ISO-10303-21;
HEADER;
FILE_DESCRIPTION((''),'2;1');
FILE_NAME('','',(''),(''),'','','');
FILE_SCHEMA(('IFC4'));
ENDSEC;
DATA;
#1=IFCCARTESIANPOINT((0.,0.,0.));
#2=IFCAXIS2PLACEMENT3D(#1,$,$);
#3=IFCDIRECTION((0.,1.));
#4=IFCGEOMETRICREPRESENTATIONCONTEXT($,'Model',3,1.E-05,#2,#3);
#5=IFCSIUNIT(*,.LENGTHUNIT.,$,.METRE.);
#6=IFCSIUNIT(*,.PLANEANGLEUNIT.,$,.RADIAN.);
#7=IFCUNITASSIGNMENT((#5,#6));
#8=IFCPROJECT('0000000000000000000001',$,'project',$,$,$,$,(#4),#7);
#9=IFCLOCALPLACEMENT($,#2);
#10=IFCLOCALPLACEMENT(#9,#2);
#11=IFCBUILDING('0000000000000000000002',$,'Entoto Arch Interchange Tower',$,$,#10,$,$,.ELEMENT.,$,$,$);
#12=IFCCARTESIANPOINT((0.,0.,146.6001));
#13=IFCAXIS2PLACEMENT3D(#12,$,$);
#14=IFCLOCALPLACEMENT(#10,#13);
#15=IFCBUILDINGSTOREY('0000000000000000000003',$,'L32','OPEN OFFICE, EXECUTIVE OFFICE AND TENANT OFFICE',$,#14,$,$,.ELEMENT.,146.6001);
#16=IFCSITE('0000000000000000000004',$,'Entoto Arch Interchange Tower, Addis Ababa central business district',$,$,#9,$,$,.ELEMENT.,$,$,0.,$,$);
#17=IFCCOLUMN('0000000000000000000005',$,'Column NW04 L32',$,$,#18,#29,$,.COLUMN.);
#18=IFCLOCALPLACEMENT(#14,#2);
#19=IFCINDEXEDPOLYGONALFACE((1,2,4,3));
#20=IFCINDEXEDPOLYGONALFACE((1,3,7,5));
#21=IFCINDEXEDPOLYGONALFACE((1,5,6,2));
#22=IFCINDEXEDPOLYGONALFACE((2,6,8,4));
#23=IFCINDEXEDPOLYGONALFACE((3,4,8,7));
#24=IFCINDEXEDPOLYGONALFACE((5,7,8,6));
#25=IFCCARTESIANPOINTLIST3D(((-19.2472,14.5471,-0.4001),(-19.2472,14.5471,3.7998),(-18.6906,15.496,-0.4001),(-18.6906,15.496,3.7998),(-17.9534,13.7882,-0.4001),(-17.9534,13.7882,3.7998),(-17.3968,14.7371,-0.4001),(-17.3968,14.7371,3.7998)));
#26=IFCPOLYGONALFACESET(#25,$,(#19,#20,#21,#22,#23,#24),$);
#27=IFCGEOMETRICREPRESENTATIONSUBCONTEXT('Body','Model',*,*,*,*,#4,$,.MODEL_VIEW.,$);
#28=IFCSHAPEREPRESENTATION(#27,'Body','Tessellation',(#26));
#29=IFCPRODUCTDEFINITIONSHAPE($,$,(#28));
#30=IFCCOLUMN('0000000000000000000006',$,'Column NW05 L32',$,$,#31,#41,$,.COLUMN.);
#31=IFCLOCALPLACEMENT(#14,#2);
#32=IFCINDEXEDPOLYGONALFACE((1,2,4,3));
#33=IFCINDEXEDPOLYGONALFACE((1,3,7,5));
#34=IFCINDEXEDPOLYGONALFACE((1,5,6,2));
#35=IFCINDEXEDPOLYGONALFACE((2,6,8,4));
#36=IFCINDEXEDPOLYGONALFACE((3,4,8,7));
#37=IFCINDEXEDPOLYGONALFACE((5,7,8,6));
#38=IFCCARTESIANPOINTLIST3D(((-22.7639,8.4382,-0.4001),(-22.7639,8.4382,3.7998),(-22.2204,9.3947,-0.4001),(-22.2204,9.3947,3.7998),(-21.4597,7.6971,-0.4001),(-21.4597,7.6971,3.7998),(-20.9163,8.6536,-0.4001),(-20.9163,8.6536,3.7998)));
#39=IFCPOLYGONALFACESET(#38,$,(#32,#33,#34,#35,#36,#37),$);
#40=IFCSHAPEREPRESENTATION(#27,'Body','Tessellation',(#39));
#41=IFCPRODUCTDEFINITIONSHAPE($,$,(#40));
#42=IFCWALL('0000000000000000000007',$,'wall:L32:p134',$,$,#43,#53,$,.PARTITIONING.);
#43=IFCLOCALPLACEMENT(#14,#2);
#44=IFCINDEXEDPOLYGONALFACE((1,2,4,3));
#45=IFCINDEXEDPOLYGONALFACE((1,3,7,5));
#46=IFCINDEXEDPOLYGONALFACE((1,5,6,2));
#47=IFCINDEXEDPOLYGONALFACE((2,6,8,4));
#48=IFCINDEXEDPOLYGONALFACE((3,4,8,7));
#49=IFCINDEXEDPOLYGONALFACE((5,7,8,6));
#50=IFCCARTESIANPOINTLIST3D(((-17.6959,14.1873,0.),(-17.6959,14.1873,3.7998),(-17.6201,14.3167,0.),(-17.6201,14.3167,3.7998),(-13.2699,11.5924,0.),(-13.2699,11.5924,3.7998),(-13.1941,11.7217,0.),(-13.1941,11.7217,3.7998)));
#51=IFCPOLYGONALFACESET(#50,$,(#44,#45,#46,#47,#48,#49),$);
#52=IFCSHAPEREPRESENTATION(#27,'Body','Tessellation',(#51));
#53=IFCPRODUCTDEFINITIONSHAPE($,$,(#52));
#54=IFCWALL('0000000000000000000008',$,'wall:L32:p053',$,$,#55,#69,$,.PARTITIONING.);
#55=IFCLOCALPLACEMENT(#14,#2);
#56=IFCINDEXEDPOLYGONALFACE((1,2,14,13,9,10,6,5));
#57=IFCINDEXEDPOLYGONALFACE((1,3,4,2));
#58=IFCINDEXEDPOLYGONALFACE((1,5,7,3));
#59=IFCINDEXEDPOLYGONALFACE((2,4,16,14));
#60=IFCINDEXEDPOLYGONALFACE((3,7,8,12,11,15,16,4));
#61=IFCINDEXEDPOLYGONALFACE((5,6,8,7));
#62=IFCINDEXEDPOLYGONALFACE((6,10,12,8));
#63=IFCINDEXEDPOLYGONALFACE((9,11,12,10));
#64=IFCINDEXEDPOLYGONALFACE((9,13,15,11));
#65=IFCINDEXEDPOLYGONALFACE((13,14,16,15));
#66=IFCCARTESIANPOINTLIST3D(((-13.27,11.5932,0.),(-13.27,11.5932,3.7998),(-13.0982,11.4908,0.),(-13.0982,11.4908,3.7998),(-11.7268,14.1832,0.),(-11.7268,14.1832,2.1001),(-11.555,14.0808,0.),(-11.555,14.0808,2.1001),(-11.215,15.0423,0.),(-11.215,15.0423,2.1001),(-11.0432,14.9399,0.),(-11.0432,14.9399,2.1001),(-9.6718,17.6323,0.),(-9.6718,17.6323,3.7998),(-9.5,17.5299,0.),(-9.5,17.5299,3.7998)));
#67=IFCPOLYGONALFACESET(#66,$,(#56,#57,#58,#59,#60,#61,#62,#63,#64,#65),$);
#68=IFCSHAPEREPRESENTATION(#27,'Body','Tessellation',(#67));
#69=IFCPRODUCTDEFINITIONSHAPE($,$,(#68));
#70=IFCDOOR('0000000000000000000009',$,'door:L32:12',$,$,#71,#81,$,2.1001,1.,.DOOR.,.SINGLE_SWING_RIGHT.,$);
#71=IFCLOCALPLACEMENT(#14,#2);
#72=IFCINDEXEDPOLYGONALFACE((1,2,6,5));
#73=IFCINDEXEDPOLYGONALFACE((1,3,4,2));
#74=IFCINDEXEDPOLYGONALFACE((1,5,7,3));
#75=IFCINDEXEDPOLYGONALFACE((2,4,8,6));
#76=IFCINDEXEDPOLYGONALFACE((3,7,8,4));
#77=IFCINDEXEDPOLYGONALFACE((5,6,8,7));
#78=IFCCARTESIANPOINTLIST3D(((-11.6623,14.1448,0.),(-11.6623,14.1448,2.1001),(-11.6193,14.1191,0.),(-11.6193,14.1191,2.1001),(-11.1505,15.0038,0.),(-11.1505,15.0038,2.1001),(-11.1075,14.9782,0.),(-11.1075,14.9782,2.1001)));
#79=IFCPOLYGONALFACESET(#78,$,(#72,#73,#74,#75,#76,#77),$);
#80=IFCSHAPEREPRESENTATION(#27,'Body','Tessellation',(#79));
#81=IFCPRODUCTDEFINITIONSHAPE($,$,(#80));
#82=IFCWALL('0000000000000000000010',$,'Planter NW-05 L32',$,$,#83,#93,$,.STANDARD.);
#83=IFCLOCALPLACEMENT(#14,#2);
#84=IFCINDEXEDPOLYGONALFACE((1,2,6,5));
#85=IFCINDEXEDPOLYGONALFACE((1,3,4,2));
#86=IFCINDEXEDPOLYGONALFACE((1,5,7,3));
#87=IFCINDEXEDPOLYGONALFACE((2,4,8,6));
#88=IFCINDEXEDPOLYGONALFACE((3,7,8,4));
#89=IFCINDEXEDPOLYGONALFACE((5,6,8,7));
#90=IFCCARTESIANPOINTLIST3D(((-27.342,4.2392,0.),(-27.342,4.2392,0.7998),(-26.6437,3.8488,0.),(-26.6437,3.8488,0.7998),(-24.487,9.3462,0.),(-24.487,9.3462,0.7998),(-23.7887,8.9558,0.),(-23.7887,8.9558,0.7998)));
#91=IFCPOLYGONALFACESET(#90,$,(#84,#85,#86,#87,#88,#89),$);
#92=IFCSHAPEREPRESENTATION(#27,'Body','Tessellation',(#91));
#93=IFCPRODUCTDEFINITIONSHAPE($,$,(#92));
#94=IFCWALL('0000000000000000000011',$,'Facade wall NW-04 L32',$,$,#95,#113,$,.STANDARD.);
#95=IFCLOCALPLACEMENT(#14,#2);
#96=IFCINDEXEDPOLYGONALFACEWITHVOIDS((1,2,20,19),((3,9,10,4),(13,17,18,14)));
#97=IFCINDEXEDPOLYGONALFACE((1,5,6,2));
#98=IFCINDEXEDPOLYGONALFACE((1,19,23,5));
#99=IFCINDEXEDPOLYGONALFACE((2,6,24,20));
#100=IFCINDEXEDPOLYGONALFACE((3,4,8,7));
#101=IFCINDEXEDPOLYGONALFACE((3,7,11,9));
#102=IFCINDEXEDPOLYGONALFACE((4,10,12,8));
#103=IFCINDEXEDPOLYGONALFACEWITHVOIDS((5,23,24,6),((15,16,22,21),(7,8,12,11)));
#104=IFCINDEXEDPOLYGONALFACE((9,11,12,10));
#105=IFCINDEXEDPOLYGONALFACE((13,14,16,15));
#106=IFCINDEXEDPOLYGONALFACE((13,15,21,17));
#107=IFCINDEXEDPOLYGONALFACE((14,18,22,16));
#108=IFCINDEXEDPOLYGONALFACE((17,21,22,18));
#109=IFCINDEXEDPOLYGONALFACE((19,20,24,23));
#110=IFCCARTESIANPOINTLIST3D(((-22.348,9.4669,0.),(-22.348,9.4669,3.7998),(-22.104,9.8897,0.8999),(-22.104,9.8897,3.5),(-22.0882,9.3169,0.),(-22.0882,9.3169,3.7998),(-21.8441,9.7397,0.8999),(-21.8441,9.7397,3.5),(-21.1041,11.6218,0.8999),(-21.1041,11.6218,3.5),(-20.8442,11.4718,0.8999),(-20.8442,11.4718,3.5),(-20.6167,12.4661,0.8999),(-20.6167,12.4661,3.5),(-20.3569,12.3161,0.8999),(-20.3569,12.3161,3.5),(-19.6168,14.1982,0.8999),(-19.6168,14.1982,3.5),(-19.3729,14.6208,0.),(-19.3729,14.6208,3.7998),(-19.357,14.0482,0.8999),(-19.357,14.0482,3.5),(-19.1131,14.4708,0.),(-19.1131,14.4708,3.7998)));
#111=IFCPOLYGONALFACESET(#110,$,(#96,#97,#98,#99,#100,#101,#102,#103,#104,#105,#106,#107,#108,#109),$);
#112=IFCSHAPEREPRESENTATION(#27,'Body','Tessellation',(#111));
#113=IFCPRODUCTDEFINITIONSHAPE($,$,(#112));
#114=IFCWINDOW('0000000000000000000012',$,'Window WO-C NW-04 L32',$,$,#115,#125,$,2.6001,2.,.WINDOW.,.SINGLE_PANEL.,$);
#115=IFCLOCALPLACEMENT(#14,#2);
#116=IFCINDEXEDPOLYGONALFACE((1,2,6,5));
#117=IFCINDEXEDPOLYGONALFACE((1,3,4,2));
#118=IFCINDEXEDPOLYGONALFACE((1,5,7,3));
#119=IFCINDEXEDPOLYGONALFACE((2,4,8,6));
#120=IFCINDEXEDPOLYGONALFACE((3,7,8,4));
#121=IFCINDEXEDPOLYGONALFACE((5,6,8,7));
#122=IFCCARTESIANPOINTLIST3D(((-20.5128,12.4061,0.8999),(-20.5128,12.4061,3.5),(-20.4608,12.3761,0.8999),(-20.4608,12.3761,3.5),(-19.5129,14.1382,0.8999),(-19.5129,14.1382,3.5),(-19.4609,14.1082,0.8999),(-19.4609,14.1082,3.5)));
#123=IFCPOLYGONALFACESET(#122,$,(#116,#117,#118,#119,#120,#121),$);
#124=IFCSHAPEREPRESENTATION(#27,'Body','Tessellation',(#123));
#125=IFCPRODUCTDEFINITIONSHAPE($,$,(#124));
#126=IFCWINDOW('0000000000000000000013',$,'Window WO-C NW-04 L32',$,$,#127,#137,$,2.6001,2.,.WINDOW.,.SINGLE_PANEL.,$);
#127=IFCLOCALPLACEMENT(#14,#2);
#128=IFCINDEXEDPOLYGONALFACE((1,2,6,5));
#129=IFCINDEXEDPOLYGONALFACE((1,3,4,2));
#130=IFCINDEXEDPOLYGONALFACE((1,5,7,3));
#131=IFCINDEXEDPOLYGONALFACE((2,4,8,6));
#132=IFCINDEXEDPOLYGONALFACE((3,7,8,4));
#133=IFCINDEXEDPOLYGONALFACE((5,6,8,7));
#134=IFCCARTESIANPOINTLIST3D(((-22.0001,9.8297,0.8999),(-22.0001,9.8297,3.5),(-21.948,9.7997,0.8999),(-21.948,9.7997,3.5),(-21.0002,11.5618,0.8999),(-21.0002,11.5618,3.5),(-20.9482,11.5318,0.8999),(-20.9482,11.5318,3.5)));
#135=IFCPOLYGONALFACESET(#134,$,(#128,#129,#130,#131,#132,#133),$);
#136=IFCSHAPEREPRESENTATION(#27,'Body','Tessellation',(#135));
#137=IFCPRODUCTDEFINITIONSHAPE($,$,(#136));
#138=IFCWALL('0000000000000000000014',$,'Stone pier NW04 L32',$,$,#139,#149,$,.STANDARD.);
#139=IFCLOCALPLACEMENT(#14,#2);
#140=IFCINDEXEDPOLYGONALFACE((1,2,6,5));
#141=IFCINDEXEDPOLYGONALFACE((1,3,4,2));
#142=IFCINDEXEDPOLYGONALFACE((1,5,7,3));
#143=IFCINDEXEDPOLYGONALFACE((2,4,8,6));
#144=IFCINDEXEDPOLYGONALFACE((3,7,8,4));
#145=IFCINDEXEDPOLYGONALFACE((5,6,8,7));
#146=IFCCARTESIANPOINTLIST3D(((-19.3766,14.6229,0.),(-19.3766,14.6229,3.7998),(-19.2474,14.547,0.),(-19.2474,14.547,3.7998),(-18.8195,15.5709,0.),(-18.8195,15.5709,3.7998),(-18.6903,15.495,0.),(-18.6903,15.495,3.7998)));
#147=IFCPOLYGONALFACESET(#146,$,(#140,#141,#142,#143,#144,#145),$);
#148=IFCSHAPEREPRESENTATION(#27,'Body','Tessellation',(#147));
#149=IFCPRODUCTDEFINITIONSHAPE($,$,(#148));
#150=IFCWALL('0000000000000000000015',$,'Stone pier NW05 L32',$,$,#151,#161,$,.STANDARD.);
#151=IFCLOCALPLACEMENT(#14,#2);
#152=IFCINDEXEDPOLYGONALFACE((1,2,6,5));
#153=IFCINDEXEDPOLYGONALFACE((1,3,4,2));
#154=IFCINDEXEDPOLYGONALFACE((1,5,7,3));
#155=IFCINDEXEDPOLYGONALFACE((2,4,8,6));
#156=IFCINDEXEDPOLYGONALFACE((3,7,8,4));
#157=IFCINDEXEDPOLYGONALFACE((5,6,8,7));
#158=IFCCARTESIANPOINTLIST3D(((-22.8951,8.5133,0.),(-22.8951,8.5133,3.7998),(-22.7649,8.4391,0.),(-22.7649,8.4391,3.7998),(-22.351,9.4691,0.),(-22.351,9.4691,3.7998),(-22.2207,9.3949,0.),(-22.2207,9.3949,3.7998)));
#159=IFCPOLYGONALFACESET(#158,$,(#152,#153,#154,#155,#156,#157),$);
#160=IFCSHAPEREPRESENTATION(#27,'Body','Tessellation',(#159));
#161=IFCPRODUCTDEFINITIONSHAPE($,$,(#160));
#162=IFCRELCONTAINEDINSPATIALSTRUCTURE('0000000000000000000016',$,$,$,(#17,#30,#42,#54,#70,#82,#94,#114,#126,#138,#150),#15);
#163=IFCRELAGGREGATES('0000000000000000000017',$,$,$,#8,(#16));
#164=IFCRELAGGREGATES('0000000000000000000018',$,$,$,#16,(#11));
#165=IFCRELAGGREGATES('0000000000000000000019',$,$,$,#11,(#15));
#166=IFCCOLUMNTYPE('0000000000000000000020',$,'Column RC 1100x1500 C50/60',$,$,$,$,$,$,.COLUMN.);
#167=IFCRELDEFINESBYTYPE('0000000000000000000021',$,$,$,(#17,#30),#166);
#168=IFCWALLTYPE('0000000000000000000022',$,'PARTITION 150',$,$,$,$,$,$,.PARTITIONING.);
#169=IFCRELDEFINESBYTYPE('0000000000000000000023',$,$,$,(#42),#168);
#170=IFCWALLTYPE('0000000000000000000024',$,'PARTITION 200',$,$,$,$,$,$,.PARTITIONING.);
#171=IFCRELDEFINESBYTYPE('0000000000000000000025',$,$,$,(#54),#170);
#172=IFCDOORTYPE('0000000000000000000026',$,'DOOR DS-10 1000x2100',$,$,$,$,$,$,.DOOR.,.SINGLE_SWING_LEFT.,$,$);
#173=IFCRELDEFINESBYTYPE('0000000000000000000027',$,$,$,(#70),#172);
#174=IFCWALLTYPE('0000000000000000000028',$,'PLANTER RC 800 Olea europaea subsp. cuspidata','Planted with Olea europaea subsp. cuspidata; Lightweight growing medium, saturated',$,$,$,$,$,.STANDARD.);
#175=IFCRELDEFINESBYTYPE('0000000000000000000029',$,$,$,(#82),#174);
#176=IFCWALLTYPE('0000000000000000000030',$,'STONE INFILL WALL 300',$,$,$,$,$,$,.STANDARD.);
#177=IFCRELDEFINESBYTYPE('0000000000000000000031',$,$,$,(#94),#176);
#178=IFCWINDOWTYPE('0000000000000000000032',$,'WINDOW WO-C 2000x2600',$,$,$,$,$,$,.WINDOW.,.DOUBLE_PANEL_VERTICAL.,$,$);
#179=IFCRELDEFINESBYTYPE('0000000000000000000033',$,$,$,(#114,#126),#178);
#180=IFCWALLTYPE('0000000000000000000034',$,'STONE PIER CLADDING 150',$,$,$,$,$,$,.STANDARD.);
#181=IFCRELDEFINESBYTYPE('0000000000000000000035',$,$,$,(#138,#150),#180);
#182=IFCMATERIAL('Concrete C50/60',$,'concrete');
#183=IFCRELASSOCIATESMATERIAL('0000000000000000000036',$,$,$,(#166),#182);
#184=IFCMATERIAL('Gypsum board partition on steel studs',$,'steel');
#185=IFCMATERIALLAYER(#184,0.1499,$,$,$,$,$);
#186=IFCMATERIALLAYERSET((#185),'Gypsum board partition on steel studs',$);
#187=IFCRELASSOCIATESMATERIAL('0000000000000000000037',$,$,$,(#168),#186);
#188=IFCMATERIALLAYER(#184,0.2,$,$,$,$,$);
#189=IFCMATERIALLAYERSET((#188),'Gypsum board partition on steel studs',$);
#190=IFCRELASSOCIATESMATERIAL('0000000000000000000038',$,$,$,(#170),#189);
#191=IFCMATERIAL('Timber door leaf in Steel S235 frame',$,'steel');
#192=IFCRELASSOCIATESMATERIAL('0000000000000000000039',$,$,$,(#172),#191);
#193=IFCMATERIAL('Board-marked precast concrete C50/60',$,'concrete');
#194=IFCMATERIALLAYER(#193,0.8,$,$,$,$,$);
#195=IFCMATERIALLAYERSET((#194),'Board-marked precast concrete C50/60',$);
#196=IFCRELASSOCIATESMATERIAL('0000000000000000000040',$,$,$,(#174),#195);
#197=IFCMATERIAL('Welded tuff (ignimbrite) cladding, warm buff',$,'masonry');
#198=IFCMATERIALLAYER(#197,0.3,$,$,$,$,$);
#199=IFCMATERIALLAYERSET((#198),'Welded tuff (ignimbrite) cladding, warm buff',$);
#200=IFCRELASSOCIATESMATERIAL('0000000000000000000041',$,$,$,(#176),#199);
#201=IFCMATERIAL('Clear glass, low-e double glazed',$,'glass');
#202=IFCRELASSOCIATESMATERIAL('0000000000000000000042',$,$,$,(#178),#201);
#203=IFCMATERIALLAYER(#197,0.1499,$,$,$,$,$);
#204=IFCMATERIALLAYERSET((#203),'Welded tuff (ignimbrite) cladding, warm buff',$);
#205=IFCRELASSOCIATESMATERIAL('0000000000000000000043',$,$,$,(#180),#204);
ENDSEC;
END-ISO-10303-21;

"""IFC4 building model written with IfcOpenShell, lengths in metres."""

from ifc_helpers import new_model, si_unit, direction, frame, frame_2d, origin, origin_2d, place, context, subcontext, project, spatial, rectangle, extrude, material, layer, layer_set, material_profile, profile_set, type_object, element, fill, save


model = new_model("IFC4")

# Units and contexts
model_context = context("Model", 3, precision=1e-05, world=origin(), true_north=direction((0.0, 1.0)))
body_context = subcontext(model_context, "Body", "Model", "MODEL_VIEW")
ifc_project = project(units=[si_unit("LENGTHUNIT", "METRE"), si_unit("PLANEANGLEUNIT", "RADIAN")], contexts=[model_context])

# Site, building, storey
site_placement = place(None, origin())
site = spatial("IfcSite", under=ifc_project, at=site_placement, Name="Entoto Arch Interchange Tower, Addis Ababa central business district", CompositionType="ELEMENT", RefElevation=0.0)
building_placement = place(site_placement, origin())
building = spatial("IfcBuilding", under=site, at=building_placement, Name="Entoto Arch Interchange Tower", CompositionType="ELEMENT")
storey_placement = place(building_placement, frame((0.0, 0.0, 146.6001)))
storey = spatial("IfcBuildingStorey", under=building, at=storey_placement, Name="L32", Description="OPEN OFFICE, EXECUTIVE OFFICE AND TENANT OFFICE", CompositionType="ELEMENT", Elevation=146.6001)

# Columns
ifc_material_1 = material(Name="Concrete C50/60", Category="concrete")
ifc_material_profile = material_profile(ifc_material_1, rectangle(XDim=1.1001, YDim=1.5, at=origin_2d()))
ifc_profile_set = profile_set([ifc_material_profile], Name="Concrete C50/60")
column_type = type_object("IfcColumnType", Name="Column RC 1100x1500 C50/60", PredefinedType="COLUMN", material=ifc_profile_set)
for number, where, z_axis, x_axis, name in (
    (1, (-18.322, 14.6421, -0.4001), (0.0, 0.0, 1.0), (0.505958, 0.862558, 0.0), "Column NW04 L32"),
    (2, (-21.8401, 8.5459, -0.4001), (0.0, 0.0, 1.0), (0.494018, 0.869452, 0.0), "Column NW05 L32"),
):
    element("IfcColumn", number, at=place(storey_placement, frame(where, z_axis=z_axis, x_axis=x_axis)), inside=storey, type_object=column_type, Name=name, PredefinedType="COLUMN", context=body_context, shape_type="SweptSolid", body=[
        extrude(rectangle(XDim=1.1001, YDim=1.5, at=origin_2d()), origin(), (0.0, 0.0, 1.0), 4.2),
    ])

# Wall
ifc_material_2 = material(Name="Gypsum board partition on steel studs", Category="steel")
ifc_layer_1 = layer(ifc_material_2, 0.1499)
ifc_layer_set_1 = layer_set([ifc_layer_1], Name="Gypsum board partition on steel studs")
wall_type_1 = type_object("IfcWallType", Name="PARTITION 150", PredefinedType="PARTITIONING", material=ifc_layer_set_1)
wall_1_placement = place(storey_placement, frame((-13.2319, 11.657, 0.0), z_axis=(0.0, 0.0, 1.0), x_axis=(-0.862664, 0.505778, 0.0)))
element("IfcWall", 3, at=wall_1_placement, inside=storey, type_object=wall_type_1, Name="wall:L32:p134", PredefinedType="PARTITIONING", context=body_context, shape_type="SweptSolid", body=[
    extrude(rectangle(XDim=5.1306, YDim=0.1499, at=frame_2d((2.5654, 0.0))), origin(), (0.0, 0.0, 1.0), 3.7998),
])

# Wall, opening, door
ifc_layer_2 = layer(ifc_material_2, 0.2)
ifc_layer_set_2 = layer_set([ifc_layer_2], Name="Gypsum board partition on steel studs")
wall_type_2 = type_object("IfcWallType", Name="PARTITION 200", PredefinedType="PARTITIONING", material=ifc_layer_set_2)
wall_2_placement = place(storey_placement, frame((-13.1841, 11.542, 0.0), z_axis=(0.0, 0.0, 1.0), x_axis=(0.511848, 0.859076, 0.0)))
wall_2 = element("IfcWall", 4, at=wall_2_placement, inside=storey, type_object=wall_type_2, Name="wall:L32:p053", PredefinedType="PARTITIONING", context=body_context, shape_type="SweptSolid", body=[
    extrude(rectangle(XDim=7.0298, YDim=0.2, at=frame_2d((3.5149, 0.0))), origin(), (0.0, 0.0, 1.0), 3.7998),
])
opening_1_placement = place(wall_2_placement, frame((3.0149, 0.0, 0.0)))
opening_1 = element("IfcOpeningElement", 5, at=opening_1_placement, cuts=wall_2, PredefinedType="OPENING", context=body_context, shape_type="SweptSolid", body=[
    extrude(rectangle(XDim=1.0, YDim=2.1001, at=frame_2d((0.5, 1.05))), frame((0.0, 0.1099, 0.0), z_axis=(0.0, -1.0, 0.0), x_axis=(1.0, 0.0, 0.0)), (0.0, 0.0, 1.0), 0.22),
])
ifc_material_3 = material(Name="Timber door leaf in Steel S235 frame", Category="steel")
door_type_1 = type_object("IfcDoorType", Name="DOOR DS-10 1000x2100", OperationType="SINGLE_SWING_LEFT", PredefinedType="DOOR", material=ifc_material_3)
door_1_placement = place(opening_1_placement, origin())
door_1 = element("IfcDoor", 6, at=door_1_placement, inside=storey, type_object=door_type_1, Name="door:L32:12", OperationType="SINGLE_SWING_RIGHT", OverallHeight=2.1001, OverallWidth=1.0, PredefinedType="DOOR", context=body_context, shape_type="SweptSolid", body=[
    extrude(rectangle(XDim=1.0, YDim=2.1001, at=frame_2d((0.5, 1.05))), frame((0.0, 0.0249, 0.0), z_axis=(0.0, -1.0, 0.0), x_axis=(1.0, 0.0, 0.0)), (0.0, 0.0, 1.0), 0.05),
])
fill(opening_1, door_1)

# Wall
ifc_material_4 = material(Name="Board-marked precast concrete C50/60", Category="concrete")
ifc_layer_3 = layer(ifc_material_4, 0.8)
ifc_layer_set_3 = layer_set([ifc_layer_3], Name="Board-marked precast concrete C50/60")
wall_type_3 = type_object("IfcWallType", Name="PLANTER RC 800 Olea europaea subsp. cuspidata", Description="Planted with Olea europaea subsp. cuspidata; Lightweight growing medium, saturated", PredefinedType="STANDARD", material=ifc_layer_set_3)
wall_3_placement = place(storey_placement, frame((-24.1379, 9.1509, 0.0), z_axis=(0.0, 0.0, 1.0), x_axis=(-0.487965, -0.872863, 0.0)))
element("IfcWall", 7, at=wall_3_placement, inside=storey, type_object=wall_type_3, Name="Planter NW-05 L32", PredefinedType="STANDARD", context=body_context, shape_type="SweptSolid", body=[
    extrude(rectangle(XDim=5.8508, YDim=0.8, at=frame_2d((2.9253, 0.0))), origin(), (0.0, 0.0, 1.0), 0.7998),
])

# Shared definitions
ifc_material_5 = material(Name="Welded tuff (ignimbrite) cladding, warm buff", Category="masonry")
ifc_layer_4 = layer(ifc_material_5, 0.3)
ifc_layer_set_4 = layer_set([ifc_layer_4], Name="Welded tuff (ignimbrite) cladding, warm buff")
wall_type_4 = type_object("IfcWallType", Name="STONE INFILL WALL 300", PredefinedType="STANDARD", material=ifc_layer_set_4)
ifc_material_6 = material(Name="Clear glass, low-e double glazed", Category="glass")
window_type = type_object("IfcWindowType", Name="WINDOW WO-C 2000x2600", PartitioningType="DOUBLE_PANEL_VERTICAL", PredefinedType="WINDOW", material=ifc_material_6)

# Wall, openings, windows
wall_4_placement = place(storey_placement, frame((-19.2429, 14.5459, 0.0), z_axis=(0.0, 0.0, 1.0), x_axis=(-0.499943, -0.866059, 0.0)))
wall_4 = element("IfcWall", 8, at=wall_4_placement, inside=storey, type_object=wall_type_4, Name="Facade wall NW-04 L32", PredefinedType="STANDARD", context=body_context, shape_type="SweptSolid", body=[
    extrude(rectangle(XDim=5.9509, YDim=0.3, at=frame_2d((2.9756, 0.0))), origin(), (0.0, 0.0, 1.0), 3.7998),
])
opening_2_placement = place(wall_4_placement, frame((0.488, 0.0, 0.8999)))
opening_2 = element("IfcOpeningElement", 9, at=opening_2_placement, cuts=wall_4, PredefinedType="OPENING", context=body_context, shape_type="SweptSolid", body=[
    extrude(rectangle(XDim=2.0, YDim=2.6001, at=frame_2d((1.0, 1.3))), frame((0.0, 0.1602, 0.0), z_axis=(0.0, -1.0, 0.0), x_axis=(1.0, 0.0, 0.0)), (0.0, 0.0, 1.0), 0.3201),
])
opening_3_placement = place(wall_4_placement, frame((3.4629, 0.0, 0.8999)))
opening_3 = element("IfcOpeningElement", 10, at=opening_3_placement, cuts=wall_4, PredefinedType="OPENING", context=body_context, shape_type="SweptSolid", body=[
    extrude(rectangle(XDim=2.0, YDim=2.6001, at=frame_2d((1.0, 1.3))), frame((0.0, 0.1602, 0.0), z_axis=(0.0, -1.0, 0.0), x_axis=(1.0, 0.0, 0.0)), (0.0, 0.0, 1.0), 0.3201),
])
window_1_placement = place(opening_2_placement, origin())
window_1 = element("IfcWindow", 11, at=window_1_placement, inside=storey, type_object=window_type, Name="Window WO-C NW-04 L32", OverallHeight=2.6001, OverallWidth=2.0, PartitioningType="SINGLE_PANEL", PredefinedType="WINDOW", context=body_context, shape_type="SweptSolid", body=[
    extrude(rectangle(XDim=2.0, YDim=2.6001, at=frame_2d((1.0, 1.3))), frame((0.0, 0.03, 0.0), z_axis=(0.0, -1.0, 0.0), x_axis=(1.0, 0.0, 0.0)), (0.0, 0.0, 1.0), 0.0601),
])
fill(opening_2, window_1)
window_2_placement = place(opening_3_placement, origin())
window_2 = element("IfcWindow", 12, at=window_2_placement, inside=storey, type_object=window_type, Name="Window WO-C NW-04 L32", OverallHeight=2.6001, OverallWidth=2.0, PartitioningType="SINGLE_PANEL", PredefinedType="WINDOW", context=body_context, shape_type="SweptSolid", body=[
    extrude(rectangle(XDim=2.0, YDim=2.6001, at=frame_2d((1.0, 1.3))), frame((0.0, 0.03, 0.0), z_axis=(0.0, -1.0, 0.0), x_axis=(1.0, 0.0, 0.0)), (0.0, 0.0, 1.0), 0.0601),
])
fill(opening_3, window_2)

# Walls
ifc_layer_5 = layer(ifc_material_5, 0.1499)
ifc_layer_set_5 = layer_set([ifc_layer_5], Name="Welded tuff (ignimbrite) cladding, warm buff")
wall_type_5 = type_object("IfcWallType", Name="STONE PIER CLADDING 150", PredefinedType="STANDARD", material=ifc_layer_set_5)
wall_5_placement = place(storey_placement, frame((-18.7549, 15.533, 0.0), z_axis=(0.0, 0.0, 1.0), x_axis=(-0.506671, -0.86214, 0.0)))
element("IfcWall", 13, at=wall_5_placement, inside=storey, type_object=wall_type_5, Name="Stone pier NW04 L32", PredefinedType="STANDARD", context=body_context, shape_type="SweptSolid", body=[
    extrude(rectangle(XDim=1.0996, YDim=0.1499, at=frame_2d((0.5498, 0.0))), origin(), (0.0, 0.0, 1.0), 3.7998),
])
wall_6_placement = place(storey_placement, frame((-22.2859, 9.4319, 0.0), z_axis=(0.0, 0.0, 1.0), x_axis=(-0.494776, -0.869021, 0.0)))
element("IfcWall", 14, at=wall_6_placement, inside=storey, type_object=wall_type_5, Name="Stone pier NW05 L32", PredefinedType="STANDARD", context=body_context, shape_type="SweptSolid", body=[
    extrude(rectangle(XDim=1.0999, YDim=0.1499, at=frame_2d((0.5498, 0.0))), origin(), (0.0, 0.0, 1.0), 3.7998),
])

save(model, "model.ifc")
